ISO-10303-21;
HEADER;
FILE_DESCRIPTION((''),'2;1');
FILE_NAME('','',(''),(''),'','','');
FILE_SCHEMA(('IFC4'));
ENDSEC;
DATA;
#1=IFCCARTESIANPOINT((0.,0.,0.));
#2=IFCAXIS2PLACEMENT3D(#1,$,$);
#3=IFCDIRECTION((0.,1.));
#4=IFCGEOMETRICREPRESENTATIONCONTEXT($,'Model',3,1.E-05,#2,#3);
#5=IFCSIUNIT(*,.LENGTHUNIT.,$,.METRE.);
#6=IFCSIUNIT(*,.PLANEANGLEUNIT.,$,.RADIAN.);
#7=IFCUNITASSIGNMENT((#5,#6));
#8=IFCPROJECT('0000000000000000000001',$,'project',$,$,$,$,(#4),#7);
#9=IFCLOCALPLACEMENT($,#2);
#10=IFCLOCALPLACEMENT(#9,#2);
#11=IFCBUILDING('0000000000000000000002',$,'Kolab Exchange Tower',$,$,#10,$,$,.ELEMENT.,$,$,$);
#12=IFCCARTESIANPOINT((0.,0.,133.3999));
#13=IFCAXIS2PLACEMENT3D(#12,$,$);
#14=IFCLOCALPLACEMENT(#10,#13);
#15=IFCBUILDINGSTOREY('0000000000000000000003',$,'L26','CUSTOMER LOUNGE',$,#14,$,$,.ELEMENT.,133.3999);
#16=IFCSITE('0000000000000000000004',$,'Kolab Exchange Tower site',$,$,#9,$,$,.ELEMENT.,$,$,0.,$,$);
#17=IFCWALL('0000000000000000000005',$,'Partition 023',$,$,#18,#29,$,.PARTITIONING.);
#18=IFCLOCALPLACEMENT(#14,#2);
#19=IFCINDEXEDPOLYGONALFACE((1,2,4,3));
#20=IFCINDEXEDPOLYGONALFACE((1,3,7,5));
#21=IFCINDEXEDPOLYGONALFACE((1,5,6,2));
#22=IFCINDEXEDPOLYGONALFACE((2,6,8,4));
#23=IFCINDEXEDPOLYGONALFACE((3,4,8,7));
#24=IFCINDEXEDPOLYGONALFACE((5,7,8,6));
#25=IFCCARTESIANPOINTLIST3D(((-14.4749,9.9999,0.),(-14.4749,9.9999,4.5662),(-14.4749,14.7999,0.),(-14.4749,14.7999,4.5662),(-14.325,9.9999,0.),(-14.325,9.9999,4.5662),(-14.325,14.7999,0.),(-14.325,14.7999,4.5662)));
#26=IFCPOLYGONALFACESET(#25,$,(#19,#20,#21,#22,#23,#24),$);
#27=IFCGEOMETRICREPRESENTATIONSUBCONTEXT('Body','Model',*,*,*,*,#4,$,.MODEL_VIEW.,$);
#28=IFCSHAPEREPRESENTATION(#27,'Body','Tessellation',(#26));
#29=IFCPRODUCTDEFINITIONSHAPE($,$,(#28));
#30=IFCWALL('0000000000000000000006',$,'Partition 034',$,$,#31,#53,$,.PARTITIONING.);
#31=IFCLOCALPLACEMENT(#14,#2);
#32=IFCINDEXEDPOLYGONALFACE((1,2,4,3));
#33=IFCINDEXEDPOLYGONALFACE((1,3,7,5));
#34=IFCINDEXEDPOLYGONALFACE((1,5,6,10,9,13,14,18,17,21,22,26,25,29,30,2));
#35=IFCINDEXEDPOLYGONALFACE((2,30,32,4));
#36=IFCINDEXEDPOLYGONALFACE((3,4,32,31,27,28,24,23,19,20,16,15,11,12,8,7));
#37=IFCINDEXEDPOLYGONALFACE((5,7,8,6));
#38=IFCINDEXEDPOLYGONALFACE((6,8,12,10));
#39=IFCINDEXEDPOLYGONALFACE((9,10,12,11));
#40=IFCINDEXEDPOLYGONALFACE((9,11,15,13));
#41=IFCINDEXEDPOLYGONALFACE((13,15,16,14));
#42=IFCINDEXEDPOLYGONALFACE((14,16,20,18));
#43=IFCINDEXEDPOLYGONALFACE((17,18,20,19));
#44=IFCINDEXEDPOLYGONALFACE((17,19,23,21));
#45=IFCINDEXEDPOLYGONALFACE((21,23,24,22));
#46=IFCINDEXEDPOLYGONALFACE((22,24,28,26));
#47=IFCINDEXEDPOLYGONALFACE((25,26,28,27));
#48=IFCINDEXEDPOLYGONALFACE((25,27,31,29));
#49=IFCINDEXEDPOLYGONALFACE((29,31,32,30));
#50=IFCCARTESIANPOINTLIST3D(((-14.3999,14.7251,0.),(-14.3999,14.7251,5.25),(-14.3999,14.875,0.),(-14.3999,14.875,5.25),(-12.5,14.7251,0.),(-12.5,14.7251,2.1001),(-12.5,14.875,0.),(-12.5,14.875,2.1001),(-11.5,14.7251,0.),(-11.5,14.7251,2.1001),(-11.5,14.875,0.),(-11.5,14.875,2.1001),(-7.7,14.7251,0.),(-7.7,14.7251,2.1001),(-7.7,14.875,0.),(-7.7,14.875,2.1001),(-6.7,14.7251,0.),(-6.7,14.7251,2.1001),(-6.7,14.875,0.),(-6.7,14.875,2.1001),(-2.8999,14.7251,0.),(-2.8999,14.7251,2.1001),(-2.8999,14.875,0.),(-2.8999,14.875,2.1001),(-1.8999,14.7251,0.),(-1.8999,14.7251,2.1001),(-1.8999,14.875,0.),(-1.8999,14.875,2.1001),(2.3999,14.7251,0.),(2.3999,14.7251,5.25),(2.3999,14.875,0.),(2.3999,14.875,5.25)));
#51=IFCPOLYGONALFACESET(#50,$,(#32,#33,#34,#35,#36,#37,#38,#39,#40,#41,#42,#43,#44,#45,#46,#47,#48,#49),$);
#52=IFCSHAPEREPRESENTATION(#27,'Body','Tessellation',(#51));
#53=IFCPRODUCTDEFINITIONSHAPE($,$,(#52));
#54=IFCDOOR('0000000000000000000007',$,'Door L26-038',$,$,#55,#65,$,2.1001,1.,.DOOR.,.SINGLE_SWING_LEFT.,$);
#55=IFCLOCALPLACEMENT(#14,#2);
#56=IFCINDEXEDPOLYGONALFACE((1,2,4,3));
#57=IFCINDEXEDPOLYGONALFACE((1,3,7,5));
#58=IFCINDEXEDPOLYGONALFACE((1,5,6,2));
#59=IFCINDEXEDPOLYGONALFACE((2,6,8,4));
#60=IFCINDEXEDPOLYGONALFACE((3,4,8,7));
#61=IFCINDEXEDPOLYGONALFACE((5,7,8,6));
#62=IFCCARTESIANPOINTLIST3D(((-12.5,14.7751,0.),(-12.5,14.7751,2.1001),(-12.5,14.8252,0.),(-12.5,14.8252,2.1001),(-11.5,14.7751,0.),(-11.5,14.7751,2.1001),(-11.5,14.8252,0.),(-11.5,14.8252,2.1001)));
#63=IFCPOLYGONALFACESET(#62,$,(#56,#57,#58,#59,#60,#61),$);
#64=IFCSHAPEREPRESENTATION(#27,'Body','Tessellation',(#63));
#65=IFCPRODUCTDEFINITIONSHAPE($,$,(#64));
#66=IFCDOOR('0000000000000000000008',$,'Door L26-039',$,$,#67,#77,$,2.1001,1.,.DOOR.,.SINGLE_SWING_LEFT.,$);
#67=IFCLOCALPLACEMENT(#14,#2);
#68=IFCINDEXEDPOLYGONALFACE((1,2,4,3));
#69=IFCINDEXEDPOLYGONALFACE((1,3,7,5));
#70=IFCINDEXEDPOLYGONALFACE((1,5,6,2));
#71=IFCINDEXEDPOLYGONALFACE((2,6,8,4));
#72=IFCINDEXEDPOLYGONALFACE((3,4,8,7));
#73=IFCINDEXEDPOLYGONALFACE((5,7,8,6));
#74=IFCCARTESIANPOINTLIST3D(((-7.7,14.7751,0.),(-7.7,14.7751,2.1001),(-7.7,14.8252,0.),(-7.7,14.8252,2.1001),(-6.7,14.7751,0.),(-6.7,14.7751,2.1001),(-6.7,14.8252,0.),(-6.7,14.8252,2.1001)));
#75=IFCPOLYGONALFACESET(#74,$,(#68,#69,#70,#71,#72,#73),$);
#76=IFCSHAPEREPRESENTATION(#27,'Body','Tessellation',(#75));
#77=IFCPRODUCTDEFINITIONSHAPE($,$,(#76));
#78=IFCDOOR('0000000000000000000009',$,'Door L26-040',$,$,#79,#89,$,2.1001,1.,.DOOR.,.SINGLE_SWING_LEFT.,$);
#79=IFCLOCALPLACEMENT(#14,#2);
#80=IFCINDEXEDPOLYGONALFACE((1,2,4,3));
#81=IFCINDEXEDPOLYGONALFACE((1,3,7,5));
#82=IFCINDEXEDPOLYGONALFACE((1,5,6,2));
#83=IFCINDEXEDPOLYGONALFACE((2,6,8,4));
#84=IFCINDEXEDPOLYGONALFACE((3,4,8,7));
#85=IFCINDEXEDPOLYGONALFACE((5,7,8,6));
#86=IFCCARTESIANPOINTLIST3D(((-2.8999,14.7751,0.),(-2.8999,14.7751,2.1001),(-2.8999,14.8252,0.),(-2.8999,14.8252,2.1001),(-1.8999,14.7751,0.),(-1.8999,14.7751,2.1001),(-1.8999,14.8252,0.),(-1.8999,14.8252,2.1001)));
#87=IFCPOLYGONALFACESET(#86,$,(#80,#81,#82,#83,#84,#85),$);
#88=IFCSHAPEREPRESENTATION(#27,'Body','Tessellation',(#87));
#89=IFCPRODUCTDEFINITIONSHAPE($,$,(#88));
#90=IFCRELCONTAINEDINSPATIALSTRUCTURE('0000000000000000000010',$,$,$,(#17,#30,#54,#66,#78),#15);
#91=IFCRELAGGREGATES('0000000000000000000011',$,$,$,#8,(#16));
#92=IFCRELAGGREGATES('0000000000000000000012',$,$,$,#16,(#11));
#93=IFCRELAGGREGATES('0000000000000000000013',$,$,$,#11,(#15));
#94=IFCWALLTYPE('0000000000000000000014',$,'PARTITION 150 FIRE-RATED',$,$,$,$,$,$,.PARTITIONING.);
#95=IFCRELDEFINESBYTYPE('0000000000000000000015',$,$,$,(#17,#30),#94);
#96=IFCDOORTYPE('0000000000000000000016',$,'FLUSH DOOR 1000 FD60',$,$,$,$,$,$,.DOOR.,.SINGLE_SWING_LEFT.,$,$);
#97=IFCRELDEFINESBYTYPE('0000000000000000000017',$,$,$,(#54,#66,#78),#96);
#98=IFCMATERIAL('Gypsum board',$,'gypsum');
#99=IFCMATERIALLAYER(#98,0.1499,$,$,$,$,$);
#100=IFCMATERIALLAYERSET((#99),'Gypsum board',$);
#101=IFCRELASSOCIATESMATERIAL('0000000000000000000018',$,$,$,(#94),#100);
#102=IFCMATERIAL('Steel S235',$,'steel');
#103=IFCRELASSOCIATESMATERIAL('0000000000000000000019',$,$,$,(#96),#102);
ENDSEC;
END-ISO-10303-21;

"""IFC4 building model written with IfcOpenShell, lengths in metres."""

from ifc_helpers import new_model, si_unit, direction, frame, frame_2d, origin, place, context, subcontext, project, spatial, rectangle, extrude, material, layer, layer_set, type_object, element, fill, save


model = new_model("IFC4")

# Units and contexts
model_context = context("Model", 3, precision=1e-05, world=origin(), true_north=direction((0.0, 1.0)))
body_context = subcontext(model_context, "Body", "Model", "MODEL_VIEW")
ifc_project = project(units=[si_unit("LENGTHUNIT", "METRE"), si_unit("PLANEANGLEUNIT", "RADIAN")], contexts=[model_context])

# Site, building, storey
site_placement = place(None, origin())
site = spatial("IfcSite", under=ifc_project, at=site_placement, Name="Kolab Exchange Tower site", CompositionType="ELEMENT", RefElevation=0.0)
building_placement = place(site_placement, origin())
building = spatial("IfcBuilding", under=site, at=building_placement, Name="Kolab Exchange Tower", CompositionType="ELEMENT")
storey_placement = place(building_placement, frame((0.0, 0.0, 133.3999)))
storey = spatial("IfcBuildingStorey", under=building, at=storey_placement, Name="L26", Description="CUSTOMER LOUNGE", CompositionType="ELEMENT", Elevation=133.3999)

# Wall
ifc_material_1 = material(Name="Gypsum board", Category="gypsum")
ifc_layer_1 = layer(ifc_material_1, 0.1499)
ifc_layer_set_1 = layer_set([ifc_layer_1], Name="Gypsum board")
wall_type = type_object("IfcWallType", Name="PARTITION 150 FIRE-RATED", PredefinedType="PARTITIONING", material=ifc_layer_set_1)
wall_1_placement = place(storey_placement, frame((-14.3999, 10.0, 0.0), z_axis=(0.0, 0.0, 1.0), x_axis=(0.0, 1.0, 0.0)))
element("IfcWall", 1, at=wall_1_placement, inside=storey, type_object=wall_type, Name="Partition 023", PredefinedType="PARTITIONING", context=body_context, shape_type="SweptSolid", body=[
    extrude(rectangle(XDim=4.8, YDim=0.1499, at=frame_2d((2.3999, 0.0))), origin(), (0.0, 0.0, 1.0), 4.5662),
])

# Wall, openings, doors
wall_2_placement = place(storey_placement, frame((-14.3999, 14.8, 0.0), z_axis=(0.0, 0.0, 1.0), x_axis=(1.0, 0.0, 0.0)))
wall_2 = element("IfcWall", 2, at=wall_2_placement, inside=storey, type_object=wall_type, Name="Partition 034", PredefinedType="PARTITIONING", context=body_context, shape_type="SweptSolid", body=[
    extrude(rectangle(XDim=16.7998, YDim=0.1499, at=frame_2d((8.3999, 0.0))), origin(), (0.0, 0.0, 1.0), 5.25),
])
opening_1_placement = place(wall_2_placement, frame((1.8999, 0.0, 0.0)))
opening_1 = element("IfcOpeningElement", 3, at=opening_1_placement, cuts=wall_2, PredefinedType="OPENING", context=body_context, shape_type="SweptSolid", body=[
    extrude(rectangle(XDim=1.0, YDim=2.1001, at=frame_2d((0.5, 1.05))), frame((0.0, 0.085, 0.0), z_axis=(0.0, -1.0, 0.0), x_axis=(1.0, 0.0, 0.0)), (0.0, 0.0, 1.0), 0.1699),
])
opening_2_placement = place(wall_2_placement, frame((6.7, 0.0, 0.0)))
opening_2 = element("IfcOpeningElement", 4, at=opening_2_placement, cuts=wall_2, PredefinedType="OPENING", context=body_context, shape_type="SweptSolid", body=[
    extrude(rectangle(XDim=1.0, YDim=2.1001, at=frame_2d((0.5, 1.05))), frame((0.0, 0.085, 0.0), z_axis=(0.0, -1.0, 0.0), x_axis=(1.0, 0.0, 0.0)), (0.0, 0.0, 1.0), 0.1699),
])
opening_3_placement = place(wall_2_placement, frame((11.5, 0.0, 0.0)))
opening_3 = element("IfcOpeningElement", 5, at=opening_3_placement, cuts=wall_2, PredefinedType="OPENING", context=body_context, shape_type="SweptSolid", body=[
    extrude(rectangle(XDim=1.0, YDim=2.1001, at=frame_2d((0.5, 1.05))), frame((0.0, 0.085, 0.0), z_axis=(0.0, -1.0, 0.0), x_axis=(1.0, 0.0, 0.0)), (0.0, 0.0, 1.0), 0.1699),
])
ifc_material_2 = material(Name="Steel S235", Category="steel")
door_type = type_object("IfcDoorType", Name="FLUSH DOOR 1000 FD60", OperationType="SINGLE_SWING_LEFT", PredefinedType="DOOR", material=ifc_material_2)
door_1_placement = place(opening_1_placement, frame((1.0, 0.0, 0.0), z_axis=(0.0, 0.0, 1.0), x_axis=(-1.0, 0.0, 0.0)))
door_1 = element("IfcDoor", 6, at=door_1_placement, inside=storey, type_object=door_type, Name="Door L26-038", OperationType="SINGLE_SWING_LEFT", OverallHeight=2.1001, OverallWidth=1.0, PredefinedType="DOOR", context=body_context, shape_type="SweptSolid", body=[
    extrude(rectangle(XDim=1.0, YDim=2.1001, at=frame_2d((0.5, 1.05))), frame((0.0, 0.0249, 0.0), z_axis=(0.0, -1.0, 0.0), x_axis=(1.0, 0.0, 0.0)), (0.0, 0.0, 1.0), 0.05),
])
fill(opening_1, door_1)
door_2_placement = place(opening_2_placement, frame((1.0, 0.0, 0.0), z_axis=(0.0, 0.0, 1.0), x_axis=(-1.0, 0.0, 0.0)))
door_2 = element("IfcDoor", 7, at=door_2_placement, inside=storey, type_object=door_type, Name="Door L26-039", OperationType="SINGLE_SWING_LEFT", OverallHeight=2.1001, OverallWidth=1.0, PredefinedType="DOOR", context=body_context, shape_type="SweptSolid", body=[
    extrude(rectangle(XDim=1.0, YDim=2.1001, at=frame_2d((0.5, 1.05))), frame((0.0, 0.0249, 0.0), z_axis=(0.0, -1.0, 0.0), x_axis=(1.0, 0.0, 0.0)), (0.0, 0.0, 1.0), 0.05),
])
fill(opening_2, door_2)
door_3_placement = place(opening_3_placement, frame((1.0, 0.0, 0.0), z_axis=(0.0, 0.0, 1.0), x_axis=(-1.0, 0.0, 0.0)))
door_3 = element("IfcDoor", 8, at=door_3_placement, inside=storey, type_object=door_type, Name="Door L26-040", OperationType="SINGLE_SWING_LEFT", OverallHeight=2.1001, OverallWidth=1.0, PredefinedType="DOOR", context=body_context, shape_type="SweptSolid", body=[
    extrude(rectangle(XDim=1.0, YDim=2.1001, at=frame_2d((0.5, 1.05))), frame((0.0, 0.0249, 0.0), z_axis=(0.0, -1.0, 0.0), x_axis=(1.0, 0.0, 0.0)), (0.0, 0.0, 1.0), 0.05),
])
fill(opening_3, door_3)

save(model, "model.ifc")
